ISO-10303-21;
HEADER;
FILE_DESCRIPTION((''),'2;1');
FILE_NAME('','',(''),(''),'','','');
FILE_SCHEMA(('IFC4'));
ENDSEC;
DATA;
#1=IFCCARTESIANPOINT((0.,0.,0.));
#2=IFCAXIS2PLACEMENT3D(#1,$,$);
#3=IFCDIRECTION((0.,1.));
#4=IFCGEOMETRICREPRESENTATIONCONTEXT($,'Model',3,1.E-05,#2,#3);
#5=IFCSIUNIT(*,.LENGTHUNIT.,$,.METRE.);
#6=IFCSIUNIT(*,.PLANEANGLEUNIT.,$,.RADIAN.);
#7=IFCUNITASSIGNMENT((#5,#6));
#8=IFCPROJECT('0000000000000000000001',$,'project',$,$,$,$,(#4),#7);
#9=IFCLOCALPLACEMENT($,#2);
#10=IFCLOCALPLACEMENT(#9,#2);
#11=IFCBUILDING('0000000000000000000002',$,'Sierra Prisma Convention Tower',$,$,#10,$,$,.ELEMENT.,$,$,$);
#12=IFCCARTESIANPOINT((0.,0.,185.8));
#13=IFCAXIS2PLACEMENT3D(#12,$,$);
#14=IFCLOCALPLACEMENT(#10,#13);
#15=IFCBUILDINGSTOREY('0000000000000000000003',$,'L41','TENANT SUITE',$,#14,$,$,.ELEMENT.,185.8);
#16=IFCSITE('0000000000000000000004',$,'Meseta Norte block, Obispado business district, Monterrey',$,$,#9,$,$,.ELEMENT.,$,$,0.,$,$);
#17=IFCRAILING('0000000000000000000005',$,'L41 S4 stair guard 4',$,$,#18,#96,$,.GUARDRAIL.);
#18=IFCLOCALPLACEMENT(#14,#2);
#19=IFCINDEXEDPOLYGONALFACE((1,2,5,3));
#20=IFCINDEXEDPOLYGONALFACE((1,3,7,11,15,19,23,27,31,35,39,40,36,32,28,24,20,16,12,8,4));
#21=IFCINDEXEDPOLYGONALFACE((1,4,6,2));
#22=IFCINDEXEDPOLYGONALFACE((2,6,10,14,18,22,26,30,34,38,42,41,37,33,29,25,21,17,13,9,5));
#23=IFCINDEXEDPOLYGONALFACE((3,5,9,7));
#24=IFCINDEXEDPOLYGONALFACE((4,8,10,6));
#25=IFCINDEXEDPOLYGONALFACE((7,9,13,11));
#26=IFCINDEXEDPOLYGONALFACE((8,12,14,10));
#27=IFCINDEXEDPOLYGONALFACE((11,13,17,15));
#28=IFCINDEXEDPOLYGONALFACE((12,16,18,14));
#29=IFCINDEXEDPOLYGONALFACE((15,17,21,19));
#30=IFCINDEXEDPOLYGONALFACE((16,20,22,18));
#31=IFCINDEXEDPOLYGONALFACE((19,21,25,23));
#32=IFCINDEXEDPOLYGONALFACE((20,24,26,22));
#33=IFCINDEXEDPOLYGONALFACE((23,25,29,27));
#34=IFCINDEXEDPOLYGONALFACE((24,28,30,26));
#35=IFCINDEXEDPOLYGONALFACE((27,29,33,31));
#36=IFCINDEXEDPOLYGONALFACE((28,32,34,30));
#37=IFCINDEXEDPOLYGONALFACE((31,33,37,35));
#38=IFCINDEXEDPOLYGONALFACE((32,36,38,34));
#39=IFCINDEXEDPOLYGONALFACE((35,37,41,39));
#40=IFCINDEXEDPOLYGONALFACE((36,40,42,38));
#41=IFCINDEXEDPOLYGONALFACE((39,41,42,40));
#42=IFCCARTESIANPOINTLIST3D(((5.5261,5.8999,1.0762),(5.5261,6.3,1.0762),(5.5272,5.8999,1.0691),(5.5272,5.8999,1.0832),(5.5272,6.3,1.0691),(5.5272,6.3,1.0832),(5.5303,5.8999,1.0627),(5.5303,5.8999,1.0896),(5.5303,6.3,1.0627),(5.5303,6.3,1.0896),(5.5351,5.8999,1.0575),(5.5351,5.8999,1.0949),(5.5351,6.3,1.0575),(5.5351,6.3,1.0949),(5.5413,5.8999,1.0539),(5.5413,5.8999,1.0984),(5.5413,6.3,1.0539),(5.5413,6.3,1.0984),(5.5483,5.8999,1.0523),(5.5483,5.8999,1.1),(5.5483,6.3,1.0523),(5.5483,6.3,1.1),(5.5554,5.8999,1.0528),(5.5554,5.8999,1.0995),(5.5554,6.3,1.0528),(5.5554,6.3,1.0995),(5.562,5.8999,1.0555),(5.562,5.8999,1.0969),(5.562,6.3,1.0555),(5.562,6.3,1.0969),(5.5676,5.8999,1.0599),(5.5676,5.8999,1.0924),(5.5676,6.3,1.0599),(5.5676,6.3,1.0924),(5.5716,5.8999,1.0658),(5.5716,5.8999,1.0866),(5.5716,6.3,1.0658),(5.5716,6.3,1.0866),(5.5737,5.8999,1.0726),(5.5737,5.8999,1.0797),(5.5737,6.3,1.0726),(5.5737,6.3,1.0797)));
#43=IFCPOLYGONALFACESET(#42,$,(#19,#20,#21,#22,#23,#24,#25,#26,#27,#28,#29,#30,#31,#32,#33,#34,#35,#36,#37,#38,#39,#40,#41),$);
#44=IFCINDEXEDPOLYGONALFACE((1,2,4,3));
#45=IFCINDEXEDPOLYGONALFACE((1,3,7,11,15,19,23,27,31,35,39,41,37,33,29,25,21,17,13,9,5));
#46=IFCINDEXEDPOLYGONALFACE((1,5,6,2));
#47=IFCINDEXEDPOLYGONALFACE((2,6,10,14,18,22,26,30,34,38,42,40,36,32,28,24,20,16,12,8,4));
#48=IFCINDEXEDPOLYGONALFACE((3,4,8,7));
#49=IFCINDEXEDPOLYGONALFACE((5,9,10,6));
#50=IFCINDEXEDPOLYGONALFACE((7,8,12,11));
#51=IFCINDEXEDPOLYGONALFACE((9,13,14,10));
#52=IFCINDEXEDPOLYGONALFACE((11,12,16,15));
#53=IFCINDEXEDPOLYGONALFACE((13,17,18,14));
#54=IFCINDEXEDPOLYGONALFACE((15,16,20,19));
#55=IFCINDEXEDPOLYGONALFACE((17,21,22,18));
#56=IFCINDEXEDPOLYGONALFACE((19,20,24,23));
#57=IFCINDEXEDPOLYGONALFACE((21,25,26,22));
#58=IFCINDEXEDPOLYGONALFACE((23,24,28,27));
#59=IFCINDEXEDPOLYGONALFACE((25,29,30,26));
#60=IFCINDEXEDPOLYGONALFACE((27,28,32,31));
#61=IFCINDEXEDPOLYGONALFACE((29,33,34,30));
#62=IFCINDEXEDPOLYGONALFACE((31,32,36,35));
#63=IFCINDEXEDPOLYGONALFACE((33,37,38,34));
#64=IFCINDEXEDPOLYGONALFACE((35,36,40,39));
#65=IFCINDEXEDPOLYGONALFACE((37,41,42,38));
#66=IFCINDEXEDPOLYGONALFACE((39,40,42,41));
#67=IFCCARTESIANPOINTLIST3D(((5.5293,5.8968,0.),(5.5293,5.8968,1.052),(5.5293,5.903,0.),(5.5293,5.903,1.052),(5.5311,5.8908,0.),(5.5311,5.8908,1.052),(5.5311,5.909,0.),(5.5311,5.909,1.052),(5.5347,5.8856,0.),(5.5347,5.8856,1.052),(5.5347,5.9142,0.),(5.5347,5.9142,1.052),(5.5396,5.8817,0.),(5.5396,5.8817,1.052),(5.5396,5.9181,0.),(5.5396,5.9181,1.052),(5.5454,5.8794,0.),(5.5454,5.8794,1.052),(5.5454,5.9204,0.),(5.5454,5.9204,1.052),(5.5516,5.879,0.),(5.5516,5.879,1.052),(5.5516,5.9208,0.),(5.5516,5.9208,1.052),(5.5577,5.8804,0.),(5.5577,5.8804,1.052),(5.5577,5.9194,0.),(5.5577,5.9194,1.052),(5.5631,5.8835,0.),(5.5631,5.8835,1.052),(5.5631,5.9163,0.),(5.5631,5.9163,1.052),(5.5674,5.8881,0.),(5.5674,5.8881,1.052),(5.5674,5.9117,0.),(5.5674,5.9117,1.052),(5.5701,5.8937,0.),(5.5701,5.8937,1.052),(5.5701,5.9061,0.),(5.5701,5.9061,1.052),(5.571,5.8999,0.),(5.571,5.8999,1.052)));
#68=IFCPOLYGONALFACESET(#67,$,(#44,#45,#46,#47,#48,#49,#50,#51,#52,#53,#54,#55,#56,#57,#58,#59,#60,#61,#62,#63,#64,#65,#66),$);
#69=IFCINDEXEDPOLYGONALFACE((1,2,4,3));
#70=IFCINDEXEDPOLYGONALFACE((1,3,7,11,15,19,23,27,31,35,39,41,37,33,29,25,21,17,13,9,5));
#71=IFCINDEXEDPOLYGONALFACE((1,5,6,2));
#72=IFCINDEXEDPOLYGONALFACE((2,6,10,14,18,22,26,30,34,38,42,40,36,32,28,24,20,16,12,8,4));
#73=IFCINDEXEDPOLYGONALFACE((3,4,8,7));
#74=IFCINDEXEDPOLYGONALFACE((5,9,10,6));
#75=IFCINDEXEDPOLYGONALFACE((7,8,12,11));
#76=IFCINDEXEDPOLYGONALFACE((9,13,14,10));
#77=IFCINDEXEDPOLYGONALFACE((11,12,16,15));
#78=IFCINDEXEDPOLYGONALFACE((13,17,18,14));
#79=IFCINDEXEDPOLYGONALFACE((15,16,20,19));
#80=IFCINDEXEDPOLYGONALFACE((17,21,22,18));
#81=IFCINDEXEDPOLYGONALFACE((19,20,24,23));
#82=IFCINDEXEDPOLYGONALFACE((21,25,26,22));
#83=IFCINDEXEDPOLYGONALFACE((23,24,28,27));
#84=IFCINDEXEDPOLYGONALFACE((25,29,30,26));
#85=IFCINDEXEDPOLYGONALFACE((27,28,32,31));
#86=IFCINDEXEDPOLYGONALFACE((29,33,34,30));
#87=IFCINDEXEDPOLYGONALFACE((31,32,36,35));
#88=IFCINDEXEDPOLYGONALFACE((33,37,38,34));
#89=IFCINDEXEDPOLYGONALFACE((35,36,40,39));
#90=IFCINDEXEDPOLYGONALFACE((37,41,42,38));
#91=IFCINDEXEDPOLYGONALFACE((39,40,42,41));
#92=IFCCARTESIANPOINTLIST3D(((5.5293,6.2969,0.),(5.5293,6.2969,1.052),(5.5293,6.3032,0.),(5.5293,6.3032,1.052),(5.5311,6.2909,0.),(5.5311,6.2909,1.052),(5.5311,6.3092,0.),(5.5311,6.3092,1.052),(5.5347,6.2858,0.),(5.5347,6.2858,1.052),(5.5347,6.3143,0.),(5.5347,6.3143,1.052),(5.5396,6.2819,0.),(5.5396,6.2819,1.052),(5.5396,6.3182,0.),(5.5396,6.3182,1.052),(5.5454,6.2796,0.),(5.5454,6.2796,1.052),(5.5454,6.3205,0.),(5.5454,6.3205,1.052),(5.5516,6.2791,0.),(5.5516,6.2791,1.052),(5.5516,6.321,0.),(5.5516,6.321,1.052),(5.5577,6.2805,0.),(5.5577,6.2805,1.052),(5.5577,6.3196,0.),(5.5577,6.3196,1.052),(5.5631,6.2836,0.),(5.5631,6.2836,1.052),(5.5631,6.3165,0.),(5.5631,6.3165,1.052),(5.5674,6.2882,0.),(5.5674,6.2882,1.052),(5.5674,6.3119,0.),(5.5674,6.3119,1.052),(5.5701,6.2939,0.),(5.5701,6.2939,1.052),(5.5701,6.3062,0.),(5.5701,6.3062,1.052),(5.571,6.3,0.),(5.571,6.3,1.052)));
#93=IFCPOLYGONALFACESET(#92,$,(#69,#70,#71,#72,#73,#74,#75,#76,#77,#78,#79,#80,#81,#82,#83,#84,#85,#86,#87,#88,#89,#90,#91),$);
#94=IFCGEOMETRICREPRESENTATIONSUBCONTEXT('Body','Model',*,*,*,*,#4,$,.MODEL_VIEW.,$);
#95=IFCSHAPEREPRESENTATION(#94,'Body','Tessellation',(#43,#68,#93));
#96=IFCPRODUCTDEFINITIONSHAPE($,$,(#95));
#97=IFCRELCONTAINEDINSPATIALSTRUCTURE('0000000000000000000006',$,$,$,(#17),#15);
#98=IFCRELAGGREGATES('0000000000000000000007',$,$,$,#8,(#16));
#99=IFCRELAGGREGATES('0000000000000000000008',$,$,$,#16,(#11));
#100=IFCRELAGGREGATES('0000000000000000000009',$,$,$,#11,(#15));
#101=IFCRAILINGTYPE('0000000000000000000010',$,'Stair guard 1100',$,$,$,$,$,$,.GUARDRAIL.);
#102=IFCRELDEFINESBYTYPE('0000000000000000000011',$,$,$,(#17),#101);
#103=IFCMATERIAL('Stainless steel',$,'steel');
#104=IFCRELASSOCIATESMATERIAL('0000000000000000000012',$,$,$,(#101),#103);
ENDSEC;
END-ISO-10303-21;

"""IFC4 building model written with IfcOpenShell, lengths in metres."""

from ifc_helpers import new_model, si_unit, direction, frame, origin, origin_2d, place, context, subcontext, project, spatial, circle, extrude, material, type_object, element, save


model = new_model("IFC4")

# Units and contexts
model_context = context("Model", 3, precision=1e-05, world=origin(), true_north=direction((0.0, 1.0)))
body_context = subcontext(model_context, "Body", "Model", "MODEL_VIEW")
ifc_project = project(units=[si_unit("LENGTHUNIT", "METRE"), si_unit("PLANEANGLEUNIT", "RADIAN")], contexts=[model_context])

# Site, building, storey
site_placement = place(None, origin())
site = spatial("IfcSite", under=ifc_project, at=site_placement, Name="Meseta Norte block, Obispado business district, Monterrey", CompositionType="ELEMENT", RefElevation=0.0)
building_placement = place(site_placement, origin())
building = spatial("IfcBuilding", under=site, at=building_placement, Name="Sierra Prisma Convention Tower", CompositionType="ELEMENT")
storey_placement = place(building_placement, frame((0.0, 0.0, 185.8)))
storey = spatial("IfcBuildingStorey", under=building, at=storey_placement, Name="L41", Description="TENANT SUITE", CompositionType="ELEMENT", Elevation=185.8)

# Railing
ifc_material_1 = material(Name="Stainless steel", Category="steel")
railing_type_1 = type_object("IfcRailingType", Name="Stair guard 1100", PredefinedType="GUARDRAIL", material=ifc_material_1)
railing_1_placement = place(storey_placement, frame((5.55, 5.8999, 0.0)))
element("IfcRailing", 1, at=railing_1_placement, inside=storey, type_object=railing_type_1, Name="L41 S4 stair guard 4", PredefinedType="GUARDRAIL", context=body_context, shape_type="SweptSolid", body=[
    extrude(circle(Radius=0.0239, at=origin_2d()), frame((0.0, 0.0, 1.0762), z_axis=(0.0, 1.0, 0.0), x_axis=(-1.0, 0.0, 0.0)), (0.0, 0.0, 1.0), 0.4001),
    extrude(circle(Radius=0.021, at=origin_2d()), origin(), (0.0, 0.0, 1.0), 1.052),
    extrude(circle(Radius=0.021, at=origin_2d()), frame((0.0, 0.4001, 0.0)), (0.0, 0.0, 1.0), 1.052),
])

save(model, "model.ifc")
